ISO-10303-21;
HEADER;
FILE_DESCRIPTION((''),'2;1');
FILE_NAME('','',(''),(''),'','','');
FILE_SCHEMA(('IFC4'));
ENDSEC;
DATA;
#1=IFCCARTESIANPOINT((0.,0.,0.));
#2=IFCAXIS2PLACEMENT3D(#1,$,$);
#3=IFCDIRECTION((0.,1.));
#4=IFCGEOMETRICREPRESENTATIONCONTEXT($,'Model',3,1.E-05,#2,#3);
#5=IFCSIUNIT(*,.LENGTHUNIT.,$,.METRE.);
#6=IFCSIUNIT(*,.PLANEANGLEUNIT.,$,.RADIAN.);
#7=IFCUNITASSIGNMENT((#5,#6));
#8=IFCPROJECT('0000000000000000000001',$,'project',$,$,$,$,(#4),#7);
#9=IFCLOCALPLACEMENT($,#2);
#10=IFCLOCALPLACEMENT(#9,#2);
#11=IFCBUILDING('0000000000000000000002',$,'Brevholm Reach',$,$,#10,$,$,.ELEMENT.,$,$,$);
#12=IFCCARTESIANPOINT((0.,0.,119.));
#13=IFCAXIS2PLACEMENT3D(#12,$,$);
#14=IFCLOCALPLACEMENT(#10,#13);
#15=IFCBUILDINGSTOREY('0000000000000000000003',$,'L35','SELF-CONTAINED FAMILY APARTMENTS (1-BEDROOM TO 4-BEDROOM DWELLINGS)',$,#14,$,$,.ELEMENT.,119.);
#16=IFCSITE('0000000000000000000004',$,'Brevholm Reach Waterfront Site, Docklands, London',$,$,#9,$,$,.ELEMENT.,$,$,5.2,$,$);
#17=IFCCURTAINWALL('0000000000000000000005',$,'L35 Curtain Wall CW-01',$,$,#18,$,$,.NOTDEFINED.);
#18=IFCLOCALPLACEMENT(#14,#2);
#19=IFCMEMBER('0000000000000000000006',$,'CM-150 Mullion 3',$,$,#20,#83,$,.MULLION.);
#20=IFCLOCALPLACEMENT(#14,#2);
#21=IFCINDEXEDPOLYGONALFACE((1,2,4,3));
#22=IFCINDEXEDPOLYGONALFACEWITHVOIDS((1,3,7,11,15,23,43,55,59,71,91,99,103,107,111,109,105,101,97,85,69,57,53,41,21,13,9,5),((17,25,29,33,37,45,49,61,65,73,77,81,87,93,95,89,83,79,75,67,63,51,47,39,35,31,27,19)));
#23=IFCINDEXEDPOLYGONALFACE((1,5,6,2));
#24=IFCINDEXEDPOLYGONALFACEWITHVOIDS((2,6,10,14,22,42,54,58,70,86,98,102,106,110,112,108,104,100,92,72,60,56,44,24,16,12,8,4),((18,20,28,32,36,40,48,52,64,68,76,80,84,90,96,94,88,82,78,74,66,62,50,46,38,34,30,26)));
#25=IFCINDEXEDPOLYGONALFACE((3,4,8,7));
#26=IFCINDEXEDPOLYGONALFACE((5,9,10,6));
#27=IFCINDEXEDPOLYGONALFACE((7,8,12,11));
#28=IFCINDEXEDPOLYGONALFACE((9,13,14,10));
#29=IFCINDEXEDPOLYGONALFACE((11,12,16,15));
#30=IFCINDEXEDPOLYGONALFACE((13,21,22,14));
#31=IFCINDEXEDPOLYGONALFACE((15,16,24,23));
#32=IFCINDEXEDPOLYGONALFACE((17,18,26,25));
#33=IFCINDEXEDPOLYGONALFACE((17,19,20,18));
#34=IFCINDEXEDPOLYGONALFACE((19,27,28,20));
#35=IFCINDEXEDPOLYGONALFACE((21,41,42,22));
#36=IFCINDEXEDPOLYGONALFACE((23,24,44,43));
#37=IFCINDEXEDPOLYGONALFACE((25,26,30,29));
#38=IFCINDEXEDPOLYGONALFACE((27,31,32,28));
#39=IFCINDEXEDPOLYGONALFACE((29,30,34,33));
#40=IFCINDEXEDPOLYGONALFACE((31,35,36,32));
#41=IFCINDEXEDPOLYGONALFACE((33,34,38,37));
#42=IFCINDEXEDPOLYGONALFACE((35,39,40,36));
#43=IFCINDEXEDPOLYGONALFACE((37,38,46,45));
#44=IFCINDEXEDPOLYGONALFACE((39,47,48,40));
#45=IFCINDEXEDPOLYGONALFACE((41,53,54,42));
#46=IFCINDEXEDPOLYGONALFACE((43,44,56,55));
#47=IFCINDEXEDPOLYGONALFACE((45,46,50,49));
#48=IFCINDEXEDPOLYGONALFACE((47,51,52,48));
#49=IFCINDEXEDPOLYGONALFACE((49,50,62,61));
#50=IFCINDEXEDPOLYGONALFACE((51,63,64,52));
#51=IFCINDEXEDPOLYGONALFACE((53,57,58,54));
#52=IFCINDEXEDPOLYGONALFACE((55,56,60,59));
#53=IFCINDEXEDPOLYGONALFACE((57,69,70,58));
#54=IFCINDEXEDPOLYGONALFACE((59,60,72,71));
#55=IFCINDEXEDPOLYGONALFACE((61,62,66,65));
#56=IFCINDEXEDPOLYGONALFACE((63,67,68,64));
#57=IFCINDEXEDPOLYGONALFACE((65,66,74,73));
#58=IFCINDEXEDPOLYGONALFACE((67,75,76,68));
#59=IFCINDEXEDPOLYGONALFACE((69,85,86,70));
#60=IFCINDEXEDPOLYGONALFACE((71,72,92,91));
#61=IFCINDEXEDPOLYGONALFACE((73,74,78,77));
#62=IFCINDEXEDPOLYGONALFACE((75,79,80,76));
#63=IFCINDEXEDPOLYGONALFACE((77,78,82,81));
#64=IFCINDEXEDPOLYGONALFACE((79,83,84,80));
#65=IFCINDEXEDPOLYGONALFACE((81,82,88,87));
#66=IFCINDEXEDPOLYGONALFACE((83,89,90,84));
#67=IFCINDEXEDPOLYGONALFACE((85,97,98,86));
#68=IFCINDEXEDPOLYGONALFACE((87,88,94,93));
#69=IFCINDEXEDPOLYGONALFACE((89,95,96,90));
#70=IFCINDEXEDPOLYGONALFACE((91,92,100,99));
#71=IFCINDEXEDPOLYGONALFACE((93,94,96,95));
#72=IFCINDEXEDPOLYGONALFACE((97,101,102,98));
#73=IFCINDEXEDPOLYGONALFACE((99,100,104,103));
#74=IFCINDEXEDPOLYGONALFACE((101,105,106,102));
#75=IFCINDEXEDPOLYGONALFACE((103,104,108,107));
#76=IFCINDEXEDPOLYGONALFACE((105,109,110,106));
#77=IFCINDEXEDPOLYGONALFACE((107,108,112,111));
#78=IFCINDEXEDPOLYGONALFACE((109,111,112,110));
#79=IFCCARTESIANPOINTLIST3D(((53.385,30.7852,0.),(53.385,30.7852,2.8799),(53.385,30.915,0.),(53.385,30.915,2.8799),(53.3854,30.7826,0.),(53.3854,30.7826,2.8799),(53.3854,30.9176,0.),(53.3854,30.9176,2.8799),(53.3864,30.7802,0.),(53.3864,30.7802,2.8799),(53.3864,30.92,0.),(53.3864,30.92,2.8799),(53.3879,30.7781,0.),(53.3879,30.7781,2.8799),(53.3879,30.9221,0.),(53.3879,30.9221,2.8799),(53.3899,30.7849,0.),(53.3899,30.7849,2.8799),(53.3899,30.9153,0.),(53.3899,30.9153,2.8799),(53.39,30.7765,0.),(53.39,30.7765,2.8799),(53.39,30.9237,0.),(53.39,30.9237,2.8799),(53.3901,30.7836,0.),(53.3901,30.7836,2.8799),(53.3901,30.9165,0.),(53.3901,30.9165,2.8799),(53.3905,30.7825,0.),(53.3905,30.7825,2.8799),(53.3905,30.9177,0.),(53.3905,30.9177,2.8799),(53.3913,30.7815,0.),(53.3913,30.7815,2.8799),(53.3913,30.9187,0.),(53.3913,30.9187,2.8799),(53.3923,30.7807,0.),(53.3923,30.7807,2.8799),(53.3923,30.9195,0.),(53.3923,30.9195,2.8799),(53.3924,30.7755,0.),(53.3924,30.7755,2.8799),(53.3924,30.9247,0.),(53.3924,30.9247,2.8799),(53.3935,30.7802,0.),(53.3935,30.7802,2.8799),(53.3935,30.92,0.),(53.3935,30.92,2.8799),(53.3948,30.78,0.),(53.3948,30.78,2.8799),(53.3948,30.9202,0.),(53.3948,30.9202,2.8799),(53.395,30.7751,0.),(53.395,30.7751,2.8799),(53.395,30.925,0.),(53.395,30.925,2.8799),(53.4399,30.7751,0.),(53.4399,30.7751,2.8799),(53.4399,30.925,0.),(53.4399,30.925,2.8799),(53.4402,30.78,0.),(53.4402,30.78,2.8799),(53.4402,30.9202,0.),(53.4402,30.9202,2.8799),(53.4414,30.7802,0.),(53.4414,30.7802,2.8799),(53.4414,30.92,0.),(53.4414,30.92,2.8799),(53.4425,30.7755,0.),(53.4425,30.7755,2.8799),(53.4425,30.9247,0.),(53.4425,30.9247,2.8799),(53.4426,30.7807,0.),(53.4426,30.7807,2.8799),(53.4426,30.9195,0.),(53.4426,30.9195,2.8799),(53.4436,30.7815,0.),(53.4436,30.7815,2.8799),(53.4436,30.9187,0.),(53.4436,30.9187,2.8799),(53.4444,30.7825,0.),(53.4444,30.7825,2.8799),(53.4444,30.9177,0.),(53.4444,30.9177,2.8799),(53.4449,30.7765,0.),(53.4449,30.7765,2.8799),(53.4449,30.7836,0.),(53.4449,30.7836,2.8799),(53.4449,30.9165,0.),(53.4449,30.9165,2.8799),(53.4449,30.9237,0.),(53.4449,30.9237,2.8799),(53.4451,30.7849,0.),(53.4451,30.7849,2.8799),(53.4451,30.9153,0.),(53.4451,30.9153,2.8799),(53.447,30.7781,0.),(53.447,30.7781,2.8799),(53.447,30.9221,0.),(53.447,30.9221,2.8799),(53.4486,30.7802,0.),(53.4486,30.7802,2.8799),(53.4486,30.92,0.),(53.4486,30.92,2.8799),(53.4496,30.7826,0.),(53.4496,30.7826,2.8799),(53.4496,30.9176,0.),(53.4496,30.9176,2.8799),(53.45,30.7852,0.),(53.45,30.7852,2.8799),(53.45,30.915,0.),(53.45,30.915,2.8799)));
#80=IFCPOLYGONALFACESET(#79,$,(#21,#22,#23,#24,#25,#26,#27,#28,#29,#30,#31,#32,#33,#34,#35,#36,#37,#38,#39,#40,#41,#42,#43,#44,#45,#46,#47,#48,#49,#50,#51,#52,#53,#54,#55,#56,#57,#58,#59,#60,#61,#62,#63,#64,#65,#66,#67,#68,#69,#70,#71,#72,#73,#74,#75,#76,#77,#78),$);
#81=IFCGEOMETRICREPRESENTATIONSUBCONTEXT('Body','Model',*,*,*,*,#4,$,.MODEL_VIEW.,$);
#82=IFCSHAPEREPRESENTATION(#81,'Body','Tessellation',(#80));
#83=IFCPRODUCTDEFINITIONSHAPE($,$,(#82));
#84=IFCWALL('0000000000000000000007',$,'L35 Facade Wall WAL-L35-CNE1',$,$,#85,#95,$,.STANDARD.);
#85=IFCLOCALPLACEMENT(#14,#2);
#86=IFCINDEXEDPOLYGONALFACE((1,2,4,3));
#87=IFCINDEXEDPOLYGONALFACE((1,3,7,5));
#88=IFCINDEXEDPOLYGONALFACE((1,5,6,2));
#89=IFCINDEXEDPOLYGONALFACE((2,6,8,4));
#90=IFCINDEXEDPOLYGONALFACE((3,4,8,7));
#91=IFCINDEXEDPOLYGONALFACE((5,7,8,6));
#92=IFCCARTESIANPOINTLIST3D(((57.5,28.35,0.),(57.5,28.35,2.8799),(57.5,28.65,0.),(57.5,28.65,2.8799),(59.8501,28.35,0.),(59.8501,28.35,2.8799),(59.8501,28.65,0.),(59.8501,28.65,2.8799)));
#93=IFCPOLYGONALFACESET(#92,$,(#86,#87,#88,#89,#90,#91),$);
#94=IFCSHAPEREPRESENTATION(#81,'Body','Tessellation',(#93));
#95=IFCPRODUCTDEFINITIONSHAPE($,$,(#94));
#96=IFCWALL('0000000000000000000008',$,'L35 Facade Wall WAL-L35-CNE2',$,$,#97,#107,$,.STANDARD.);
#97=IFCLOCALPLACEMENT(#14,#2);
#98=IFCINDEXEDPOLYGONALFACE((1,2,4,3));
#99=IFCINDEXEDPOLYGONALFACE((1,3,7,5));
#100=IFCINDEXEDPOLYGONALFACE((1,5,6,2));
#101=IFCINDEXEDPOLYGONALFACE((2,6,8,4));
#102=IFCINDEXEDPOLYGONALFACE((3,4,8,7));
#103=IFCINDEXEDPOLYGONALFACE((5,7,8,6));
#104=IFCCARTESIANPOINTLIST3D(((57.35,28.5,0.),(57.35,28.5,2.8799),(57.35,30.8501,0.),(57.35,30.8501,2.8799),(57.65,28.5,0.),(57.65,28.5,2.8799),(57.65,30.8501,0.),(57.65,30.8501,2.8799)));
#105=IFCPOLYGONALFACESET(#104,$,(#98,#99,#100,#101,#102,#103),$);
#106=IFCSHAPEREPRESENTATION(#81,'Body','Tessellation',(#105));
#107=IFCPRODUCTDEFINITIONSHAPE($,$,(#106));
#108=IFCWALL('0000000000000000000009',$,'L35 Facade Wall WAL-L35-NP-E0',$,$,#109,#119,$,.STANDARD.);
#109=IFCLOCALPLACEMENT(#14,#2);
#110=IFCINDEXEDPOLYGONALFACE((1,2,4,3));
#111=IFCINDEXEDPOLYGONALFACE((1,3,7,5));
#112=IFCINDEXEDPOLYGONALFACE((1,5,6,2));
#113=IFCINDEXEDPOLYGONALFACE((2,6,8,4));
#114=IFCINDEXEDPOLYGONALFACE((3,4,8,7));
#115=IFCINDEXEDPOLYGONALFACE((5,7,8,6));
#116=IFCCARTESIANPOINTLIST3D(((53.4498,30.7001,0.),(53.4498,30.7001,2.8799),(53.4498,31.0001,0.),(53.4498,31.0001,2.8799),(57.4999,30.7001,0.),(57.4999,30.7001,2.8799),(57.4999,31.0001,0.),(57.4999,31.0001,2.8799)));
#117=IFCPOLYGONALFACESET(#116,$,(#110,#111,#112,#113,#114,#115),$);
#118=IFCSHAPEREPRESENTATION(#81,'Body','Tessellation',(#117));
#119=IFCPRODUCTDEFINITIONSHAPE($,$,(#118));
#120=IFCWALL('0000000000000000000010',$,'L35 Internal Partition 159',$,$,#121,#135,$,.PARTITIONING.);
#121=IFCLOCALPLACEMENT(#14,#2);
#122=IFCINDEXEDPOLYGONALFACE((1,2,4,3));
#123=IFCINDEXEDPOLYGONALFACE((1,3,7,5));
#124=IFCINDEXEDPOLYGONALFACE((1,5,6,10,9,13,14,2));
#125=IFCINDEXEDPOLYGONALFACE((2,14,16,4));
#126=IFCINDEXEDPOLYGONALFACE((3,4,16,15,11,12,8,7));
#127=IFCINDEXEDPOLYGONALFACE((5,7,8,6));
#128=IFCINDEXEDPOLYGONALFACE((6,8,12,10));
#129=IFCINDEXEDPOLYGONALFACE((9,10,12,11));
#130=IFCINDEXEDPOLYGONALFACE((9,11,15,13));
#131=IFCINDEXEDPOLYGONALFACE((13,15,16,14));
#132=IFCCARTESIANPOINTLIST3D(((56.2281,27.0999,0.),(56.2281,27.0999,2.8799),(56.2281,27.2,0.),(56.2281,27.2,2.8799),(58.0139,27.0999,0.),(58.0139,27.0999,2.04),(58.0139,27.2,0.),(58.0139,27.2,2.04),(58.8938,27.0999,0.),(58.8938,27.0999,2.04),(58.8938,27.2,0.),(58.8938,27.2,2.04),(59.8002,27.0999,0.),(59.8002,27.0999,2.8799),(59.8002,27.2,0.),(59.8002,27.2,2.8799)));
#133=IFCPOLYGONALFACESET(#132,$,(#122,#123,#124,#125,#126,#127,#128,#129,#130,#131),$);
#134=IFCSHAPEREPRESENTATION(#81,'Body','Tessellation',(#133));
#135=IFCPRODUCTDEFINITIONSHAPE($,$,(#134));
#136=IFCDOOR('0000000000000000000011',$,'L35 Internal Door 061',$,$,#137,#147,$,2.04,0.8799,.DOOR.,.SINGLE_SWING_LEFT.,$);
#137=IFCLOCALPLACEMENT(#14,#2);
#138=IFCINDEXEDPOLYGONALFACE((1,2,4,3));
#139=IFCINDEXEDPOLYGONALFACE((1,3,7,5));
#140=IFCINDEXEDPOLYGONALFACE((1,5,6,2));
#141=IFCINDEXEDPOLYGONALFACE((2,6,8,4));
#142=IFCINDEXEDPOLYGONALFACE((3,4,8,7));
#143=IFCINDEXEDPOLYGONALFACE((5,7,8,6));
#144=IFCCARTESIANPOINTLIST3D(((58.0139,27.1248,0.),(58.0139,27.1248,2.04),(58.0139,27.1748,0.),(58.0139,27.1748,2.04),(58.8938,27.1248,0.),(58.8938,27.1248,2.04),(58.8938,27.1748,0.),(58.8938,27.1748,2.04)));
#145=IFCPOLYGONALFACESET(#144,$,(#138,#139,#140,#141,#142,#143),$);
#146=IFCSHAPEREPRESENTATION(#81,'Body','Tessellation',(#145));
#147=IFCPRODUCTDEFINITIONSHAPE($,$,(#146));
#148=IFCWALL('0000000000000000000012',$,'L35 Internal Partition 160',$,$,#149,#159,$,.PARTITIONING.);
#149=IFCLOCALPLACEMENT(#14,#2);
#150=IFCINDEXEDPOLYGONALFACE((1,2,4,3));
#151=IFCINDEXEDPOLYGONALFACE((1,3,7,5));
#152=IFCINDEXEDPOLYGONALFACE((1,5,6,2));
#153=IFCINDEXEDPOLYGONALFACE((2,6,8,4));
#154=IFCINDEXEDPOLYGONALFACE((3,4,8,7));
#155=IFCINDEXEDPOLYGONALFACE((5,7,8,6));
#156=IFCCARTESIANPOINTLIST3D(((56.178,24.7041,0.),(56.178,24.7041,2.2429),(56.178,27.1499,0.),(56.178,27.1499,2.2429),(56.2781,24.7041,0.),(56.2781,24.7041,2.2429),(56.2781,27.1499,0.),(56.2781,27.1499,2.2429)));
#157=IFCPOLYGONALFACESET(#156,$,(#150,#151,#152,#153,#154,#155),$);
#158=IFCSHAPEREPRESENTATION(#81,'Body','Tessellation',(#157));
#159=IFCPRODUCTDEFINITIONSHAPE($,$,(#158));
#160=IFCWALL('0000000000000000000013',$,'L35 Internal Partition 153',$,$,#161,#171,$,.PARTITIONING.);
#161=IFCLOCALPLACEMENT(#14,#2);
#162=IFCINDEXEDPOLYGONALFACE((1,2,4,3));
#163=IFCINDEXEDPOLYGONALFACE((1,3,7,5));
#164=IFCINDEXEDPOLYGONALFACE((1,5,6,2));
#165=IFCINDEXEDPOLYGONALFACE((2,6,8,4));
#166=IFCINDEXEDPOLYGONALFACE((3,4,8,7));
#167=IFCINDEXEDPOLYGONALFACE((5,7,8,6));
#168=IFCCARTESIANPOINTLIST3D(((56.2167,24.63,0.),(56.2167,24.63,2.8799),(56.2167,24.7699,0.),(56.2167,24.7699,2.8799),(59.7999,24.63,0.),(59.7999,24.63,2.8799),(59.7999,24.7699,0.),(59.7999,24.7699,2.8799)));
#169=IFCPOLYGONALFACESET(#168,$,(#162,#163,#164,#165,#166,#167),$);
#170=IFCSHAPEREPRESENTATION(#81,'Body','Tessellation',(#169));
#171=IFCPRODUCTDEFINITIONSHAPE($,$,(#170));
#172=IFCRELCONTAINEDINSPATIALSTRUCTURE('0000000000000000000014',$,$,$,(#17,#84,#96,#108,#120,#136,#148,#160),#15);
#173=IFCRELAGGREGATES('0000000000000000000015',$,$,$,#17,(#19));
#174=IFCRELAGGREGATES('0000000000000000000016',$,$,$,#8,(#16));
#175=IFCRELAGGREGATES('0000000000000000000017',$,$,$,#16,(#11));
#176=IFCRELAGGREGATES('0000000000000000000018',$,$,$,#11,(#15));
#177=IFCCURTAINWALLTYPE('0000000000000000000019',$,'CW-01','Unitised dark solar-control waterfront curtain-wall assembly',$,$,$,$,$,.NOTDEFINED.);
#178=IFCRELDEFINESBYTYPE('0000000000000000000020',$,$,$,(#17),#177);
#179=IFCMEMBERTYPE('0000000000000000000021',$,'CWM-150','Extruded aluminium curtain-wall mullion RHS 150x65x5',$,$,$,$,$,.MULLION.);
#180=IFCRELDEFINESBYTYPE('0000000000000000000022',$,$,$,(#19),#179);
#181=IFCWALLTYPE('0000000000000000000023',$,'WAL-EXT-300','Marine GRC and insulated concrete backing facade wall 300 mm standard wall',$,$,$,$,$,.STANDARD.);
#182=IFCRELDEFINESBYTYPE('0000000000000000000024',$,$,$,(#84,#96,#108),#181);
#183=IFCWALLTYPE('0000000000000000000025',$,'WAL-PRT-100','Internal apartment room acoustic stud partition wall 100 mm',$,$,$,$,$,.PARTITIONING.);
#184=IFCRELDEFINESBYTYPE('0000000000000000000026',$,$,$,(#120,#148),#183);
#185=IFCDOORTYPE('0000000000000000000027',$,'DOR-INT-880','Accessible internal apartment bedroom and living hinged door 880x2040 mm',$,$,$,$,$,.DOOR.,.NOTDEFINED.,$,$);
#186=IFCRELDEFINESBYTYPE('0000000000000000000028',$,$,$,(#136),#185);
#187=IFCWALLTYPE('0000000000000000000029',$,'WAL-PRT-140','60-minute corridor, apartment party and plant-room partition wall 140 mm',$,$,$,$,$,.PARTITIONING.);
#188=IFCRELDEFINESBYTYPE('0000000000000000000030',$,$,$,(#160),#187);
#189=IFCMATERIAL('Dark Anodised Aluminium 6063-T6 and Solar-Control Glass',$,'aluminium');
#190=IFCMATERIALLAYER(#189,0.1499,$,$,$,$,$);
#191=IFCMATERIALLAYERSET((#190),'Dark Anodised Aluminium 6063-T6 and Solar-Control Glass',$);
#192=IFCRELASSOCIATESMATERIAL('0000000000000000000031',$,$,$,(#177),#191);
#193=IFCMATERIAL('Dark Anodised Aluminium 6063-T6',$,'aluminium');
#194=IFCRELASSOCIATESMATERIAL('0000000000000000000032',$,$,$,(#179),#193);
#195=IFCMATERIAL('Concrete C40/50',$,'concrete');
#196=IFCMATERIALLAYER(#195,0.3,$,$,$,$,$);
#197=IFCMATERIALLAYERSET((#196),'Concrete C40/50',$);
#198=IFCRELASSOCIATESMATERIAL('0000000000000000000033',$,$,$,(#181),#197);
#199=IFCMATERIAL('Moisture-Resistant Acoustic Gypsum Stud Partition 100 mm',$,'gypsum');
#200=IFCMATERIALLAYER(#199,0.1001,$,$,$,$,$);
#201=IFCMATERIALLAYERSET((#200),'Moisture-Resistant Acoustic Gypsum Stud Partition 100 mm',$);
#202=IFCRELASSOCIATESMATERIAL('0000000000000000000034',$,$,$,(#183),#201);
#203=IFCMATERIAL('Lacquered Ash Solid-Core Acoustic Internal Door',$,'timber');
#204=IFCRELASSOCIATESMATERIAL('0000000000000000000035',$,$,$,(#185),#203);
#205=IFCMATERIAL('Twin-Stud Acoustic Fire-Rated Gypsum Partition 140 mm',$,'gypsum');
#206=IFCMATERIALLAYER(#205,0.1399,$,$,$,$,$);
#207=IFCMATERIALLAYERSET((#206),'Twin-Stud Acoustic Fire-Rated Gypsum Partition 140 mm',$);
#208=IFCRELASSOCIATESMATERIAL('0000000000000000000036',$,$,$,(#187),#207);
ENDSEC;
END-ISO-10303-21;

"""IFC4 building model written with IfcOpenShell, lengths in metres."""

from ifc_helpers import new_model, si_unit, direction, frame, frame_2d, origin, origin_2d, place, context, subcontext, project, spatial, rectangle, hollow_rectangle, extrude, material, layer, layer_set, material_profile, profile_set, type_object, element, fill, aggregate, save


model = new_model("IFC4")

# Units and contexts
model_context = context("Model", 3, precision=1e-05, world=origin(), true_north=direction((0.0, 1.0)))
body_context = subcontext(model_context, "Body", "Model", "MODEL_VIEW")
ifc_project = project(units=[si_unit("LENGTHUNIT", "METRE"), si_unit("PLANEANGLEUNIT", "RADIAN")], contexts=[model_context])

# Site, building, storey
site_placement = place(None, origin())
site = spatial("IfcSite", under=ifc_project, at=site_placement, Name="Brevholm Reach Waterfront Site, Docklands, London", CompositionType="ELEMENT", RefElevation=5.2)
building_placement = place(site_placement, origin())
building = spatial("IfcBuilding", under=site, at=building_placement, Name="Brevholm Reach", CompositionType="ELEMENT")
storey_placement = place(building_placement, frame((0.0, 0.0, 119.0)))
storey = spatial("IfcBuildingStorey", under=building, at=storey_placement, Name="L35", Description="SELF-CONTAINED FAMILY APARTMENTS (1-BEDROOM TO 4-BEDROOM DWELLINGS)", CompositionType="ELEMENT", Elevation=119.0)

# Curtain wall, member
ifc_material_1 = material(Name="Dark Anodised Aluminium 6063-T6 and Solar-Control Glass", Category="aluminium")
ifc_layer_1 = layer(ifc_material_1, 0.1499)
ifc_layer_set_1 = layer_set([ifc_layer_1], Name="Dark Anodised Aluminium 6063-T6 and Solar-Control Glass")
curtain_wall_type = type_object("IfcCurtainWallType", Name="CW-01", Description="Unitised dark solar-control waterfront curtain-wall assembly", PredefinedType="NOTDEFINED", material=ifc_layer_set_1)
curtain_wall_placement = place(storey_placement, origin())
curtain_wall = element("IfcCurtainWall", 1, at=curtain_wall_placement, inside=storey, type_object=curtain_wall_type, Name="L35 Curtain Wall CW-01", PredefinedType="NOTDEFINED")
ifc_material_2 = material(Name="Dark Anodised Aluminium 6063-T6", Category="aluminium")
ifc_material_profile_1 = material_profile(ifc_material_2, hollow_rectangle(XDim=0.0649, YDim=0.1499, WallThickness=0.0049, InnerFilletRadius=0.0049, OuterFilletRadius=0.01, at=origin_2d()), Name="RHS 150x65x5")
ifc_profile_set_1 = profile_set([ifc_material_profile_1], Name="Dark Anodised Aluminium 6063-T6")
member_type = type_object("IfcMemberType", Name="CWM-150", Description="Extruded aluminium curtain-wall mullion RHS 150x65x5", PredefinedType="MULLION", material=ifc_profile_set_1)
member_placement = place(storey_placement, frame((53.4175, 30.8501, 0.0), z_axis=(0.0, 0.0, 1.0), x_axis=(1.0, 0.0, 0.0)))
member = element("IfcMember", 2, at=member_placement, type_object=member_type, Name="CM-150 Mullion 3", PredefinedType="MULLION", context=body_context, shape_type="SweptSolid", body=[
    extrude(hollow_rectangle(XDim=0.0649, YDim=0.1499, WallThickness=0.0049, InnerFilletRadius=0.0049, OuterFilletRadius=0.01, at=origin_2d()), origin(), (0.0, 0.0, 1.0), 2.8799),
])
aggregate(curtain_wall, [member])

# Walls
ifc_material_3 = material(Name="Concrete C40/50", Category="concrete")
ifc_layer_2 = layer(ifc_material_3, 0.3)
ifc_layer_set_2 = layer_set([ifc_layer_2], Name="Concrete C40/50")
wall_type_1 = type_object("IfcWallType", Name="WAL-EXT-300", Description="Marine GRC and insulated concrete backing facade wall 300 mm standard wall", PredefinedType="STANDARD", material=ifc_layer_set_2)
for number, where, z_axis, x_axis, name in (
    (3, (59.8501, 28.5, 0.0), (0.0, 0.0, 1.0), (-1.0, 0.0, 0.0), "L35 Facade Wall WAL-L35-CNE1"),
    (4, (57.5, 28.5, 0.0), (0.0, 0.0, 1.0), (0.0, 1.0, 0.0), "L35 Facade Wall WAL-L35-CNE2"),
):
    element("IfcWall", number, at=place(storey_placement, frame(where, z_axis=z_axis, x_axis=x_axis)), inside=storey, type_object=wall_type_1, Name=name, PredefinedType="STANDARD", context=body_context, shape_type="SweptSolid", body=[
        extrude(rectangle(XDim=2.3501, YDim=0.3, at=frame_2d((1.175, 0.0))), origin(), (0.0, 0.0, 1.0), 2.8799),
    ])
wall_1_placement = place(storey_placement, frame((53.45, 30.8501, 0.0), z_axis=(0.0, 0.0, 1.0), x_axis=(1.0, 0.0, 0.0)))
element("IfcWall", 5, at=wall_1_placement, inside=storey, type_object=wall_type_1, Name="L35 Facade Wall WAL-L35-NP-E0", PredefinedType="STANDARD", context=body_context, shape_type="SweptSolid", body=[
    extrude(rectangle(XDim=4.05, YDim=0.3, at=frame_2d((2.0249, 0.0))), origin(), (0.0, 0.0, 1.0), 2.8799),
])

# Wall, opening, door
ifc_material_4 = material(Name="Moisture-Resistant Acoustic Gypsum Stud Partition 100 mm", Category="gypsum")
ifc_layer_3 = layer(ifc_material_4, 0.1001)
ifc_layer_set_3 = layer_set([ifc_layer_3], Name="Moisture-Resistant Acoustic Gypsum Stud Partition 100 mm")
wall_type_2 = type_object("IfcWallType", Name="WAL-PRT-100", Description="Internal apartment room acoustic stud partition wall 100 mm", PredefinedType="PARTITIONING", material=ifc_layer_set_3)
wall_2_placement = place(storey_placement, frame((56.228, 27.1499, 0.0), z_axis=(0.0, 0.0, 1.0), x_axis=(1.0, 0.0, 0.0)))
wall_2 = element("IfcWall", 6, at=wall_2_placement, inside=storey, type_object=wall_type_2, Name="L35 Internal Partition 159", PredefinedType="PARTITIONING", context=body_context, shape_type="SweptSolid", body=[
    extrude(rectangle(XDim=3.572, YDim=0.1001, at=frame_2d((1.7861, 0.0))), origin(), (0.0, 0.0, 1.0), 2.8799),
])
opening_placement = place(wall_2_placement, frame((1.7859, 0.0, 0.0)))
opening = element("IfcOpeningElement", 7, at=opening_placement, cuts=wall_2, PredefinedType="OPENING", context=body_context, shape_type="SweptSolid", body=[
    extrude(rectangle(XDim=0.8799, YDim=2.04, at=frame_2d((0.4399, 1.02))), frame((0.0, 0.0601, 0.0), z_axis=(0.0, -1.0, 0.0), x_axis=(1.0, 0.0, 0.0)), (0.0, 0.0, 1.0), 0.1201),
])
ifc_material_5 = material(Name="Lacquered Ash Solid-Core Acoustic Internal Door", Category="timber")
door_type = type_object("IfcDoorType", Name="DOR-INT-880", Description="Accessible internal apartment bedroom and living hinged door 880x2040 mm", OperationType="NOTDEFINED", PredefinedType="DOOR", material=ifc_material_5)
door_placement = place(opening_placement, origin())
door = element("IfcDoor", 8, at=door_placement, inside=storey, type_object=door_type, Name="L35 Internal Door 061", OperationType="SINGLE_SWING_LEFT", OverallHeight=2.04, OverallWidth=0.8799, PredefinedType="DOOR", context=body_context, shape_type="SweptSolid", body=[
    extrude(rectangle(XDim=0.8799, YDim=2.04, at=frame_2d((0.4399, 1.02))), frame((0.0, 0.0249, 0.0), z_axis=(0.0, -1.0, 0.0), x_axis=(1.0, 0.0, 0.0)), (0.0, 0.0, 1.0), 0.05),
])
fill(opening, door)

# Walls
wall_3_placement = place(storey_placement, frame((56.228, 24.7041, 0.0), z_axis=(0.0, 0.0, 1.0), x_axis=(0.0, 1.0, 0.0)))
element("IfcWall", 9, at=wall_3_placement, inside=storey, type_object=wall_type_2, Name="L35 Internal Partition 160", PredefinedType="PARTITIONING", context=body_context, shape_type="SweptSolid", body=[
    extrude(rectangle(XDim=2.4458, YDim=0.1001, at=frame_2d((1.2229, 0.0))), origin(), (0.0, 0.0, 1.0), 2.2429),
])
ifc_material_6 = material(Name="Twin-Stud Acoustic Fire-Rated Gypsum Partition 140 mm", Category="gypsum")
ifc_layer_4 = layer(ifc_material_6, 0.1399)
ifc_layer_set_4 = layer_set([ifc_layer_4], Name="Twin-Stud Acoustic Fire-Rated Gypsum Partition 140 mm")
wall_type_3 = type_object("IfcWallType", Name="WAL-PRT-140", Description="60-minute corridor, apartment party and plant-room partition wall 140 mm", PredefinedType="PARTITIONING", material=ifc_layer_set_4)
wall_4_placement = place(storey_placement, frame((56.2168, 24.7, 0.0), z_axis=(0.0, 0.0, 1.0), x_axis=(1.0, 0.0, 0.0)))
element("IfcWall", 10, at=wall_4_placement, inside=storey, type_object=wall_type_3, Name="L35 Internal Partition 153", PredefinedType="PARTITIONING", context=body_context, shape_type="SweptSolid", body=[
    extrude(rectangle(XDim=3.5833, YDim=0.1399, at=frame_2d((1.7915, 0.0))), origin(), (0.0, 0.0, 1.0), 2.8799),
])

save(model, "model.ifc")
